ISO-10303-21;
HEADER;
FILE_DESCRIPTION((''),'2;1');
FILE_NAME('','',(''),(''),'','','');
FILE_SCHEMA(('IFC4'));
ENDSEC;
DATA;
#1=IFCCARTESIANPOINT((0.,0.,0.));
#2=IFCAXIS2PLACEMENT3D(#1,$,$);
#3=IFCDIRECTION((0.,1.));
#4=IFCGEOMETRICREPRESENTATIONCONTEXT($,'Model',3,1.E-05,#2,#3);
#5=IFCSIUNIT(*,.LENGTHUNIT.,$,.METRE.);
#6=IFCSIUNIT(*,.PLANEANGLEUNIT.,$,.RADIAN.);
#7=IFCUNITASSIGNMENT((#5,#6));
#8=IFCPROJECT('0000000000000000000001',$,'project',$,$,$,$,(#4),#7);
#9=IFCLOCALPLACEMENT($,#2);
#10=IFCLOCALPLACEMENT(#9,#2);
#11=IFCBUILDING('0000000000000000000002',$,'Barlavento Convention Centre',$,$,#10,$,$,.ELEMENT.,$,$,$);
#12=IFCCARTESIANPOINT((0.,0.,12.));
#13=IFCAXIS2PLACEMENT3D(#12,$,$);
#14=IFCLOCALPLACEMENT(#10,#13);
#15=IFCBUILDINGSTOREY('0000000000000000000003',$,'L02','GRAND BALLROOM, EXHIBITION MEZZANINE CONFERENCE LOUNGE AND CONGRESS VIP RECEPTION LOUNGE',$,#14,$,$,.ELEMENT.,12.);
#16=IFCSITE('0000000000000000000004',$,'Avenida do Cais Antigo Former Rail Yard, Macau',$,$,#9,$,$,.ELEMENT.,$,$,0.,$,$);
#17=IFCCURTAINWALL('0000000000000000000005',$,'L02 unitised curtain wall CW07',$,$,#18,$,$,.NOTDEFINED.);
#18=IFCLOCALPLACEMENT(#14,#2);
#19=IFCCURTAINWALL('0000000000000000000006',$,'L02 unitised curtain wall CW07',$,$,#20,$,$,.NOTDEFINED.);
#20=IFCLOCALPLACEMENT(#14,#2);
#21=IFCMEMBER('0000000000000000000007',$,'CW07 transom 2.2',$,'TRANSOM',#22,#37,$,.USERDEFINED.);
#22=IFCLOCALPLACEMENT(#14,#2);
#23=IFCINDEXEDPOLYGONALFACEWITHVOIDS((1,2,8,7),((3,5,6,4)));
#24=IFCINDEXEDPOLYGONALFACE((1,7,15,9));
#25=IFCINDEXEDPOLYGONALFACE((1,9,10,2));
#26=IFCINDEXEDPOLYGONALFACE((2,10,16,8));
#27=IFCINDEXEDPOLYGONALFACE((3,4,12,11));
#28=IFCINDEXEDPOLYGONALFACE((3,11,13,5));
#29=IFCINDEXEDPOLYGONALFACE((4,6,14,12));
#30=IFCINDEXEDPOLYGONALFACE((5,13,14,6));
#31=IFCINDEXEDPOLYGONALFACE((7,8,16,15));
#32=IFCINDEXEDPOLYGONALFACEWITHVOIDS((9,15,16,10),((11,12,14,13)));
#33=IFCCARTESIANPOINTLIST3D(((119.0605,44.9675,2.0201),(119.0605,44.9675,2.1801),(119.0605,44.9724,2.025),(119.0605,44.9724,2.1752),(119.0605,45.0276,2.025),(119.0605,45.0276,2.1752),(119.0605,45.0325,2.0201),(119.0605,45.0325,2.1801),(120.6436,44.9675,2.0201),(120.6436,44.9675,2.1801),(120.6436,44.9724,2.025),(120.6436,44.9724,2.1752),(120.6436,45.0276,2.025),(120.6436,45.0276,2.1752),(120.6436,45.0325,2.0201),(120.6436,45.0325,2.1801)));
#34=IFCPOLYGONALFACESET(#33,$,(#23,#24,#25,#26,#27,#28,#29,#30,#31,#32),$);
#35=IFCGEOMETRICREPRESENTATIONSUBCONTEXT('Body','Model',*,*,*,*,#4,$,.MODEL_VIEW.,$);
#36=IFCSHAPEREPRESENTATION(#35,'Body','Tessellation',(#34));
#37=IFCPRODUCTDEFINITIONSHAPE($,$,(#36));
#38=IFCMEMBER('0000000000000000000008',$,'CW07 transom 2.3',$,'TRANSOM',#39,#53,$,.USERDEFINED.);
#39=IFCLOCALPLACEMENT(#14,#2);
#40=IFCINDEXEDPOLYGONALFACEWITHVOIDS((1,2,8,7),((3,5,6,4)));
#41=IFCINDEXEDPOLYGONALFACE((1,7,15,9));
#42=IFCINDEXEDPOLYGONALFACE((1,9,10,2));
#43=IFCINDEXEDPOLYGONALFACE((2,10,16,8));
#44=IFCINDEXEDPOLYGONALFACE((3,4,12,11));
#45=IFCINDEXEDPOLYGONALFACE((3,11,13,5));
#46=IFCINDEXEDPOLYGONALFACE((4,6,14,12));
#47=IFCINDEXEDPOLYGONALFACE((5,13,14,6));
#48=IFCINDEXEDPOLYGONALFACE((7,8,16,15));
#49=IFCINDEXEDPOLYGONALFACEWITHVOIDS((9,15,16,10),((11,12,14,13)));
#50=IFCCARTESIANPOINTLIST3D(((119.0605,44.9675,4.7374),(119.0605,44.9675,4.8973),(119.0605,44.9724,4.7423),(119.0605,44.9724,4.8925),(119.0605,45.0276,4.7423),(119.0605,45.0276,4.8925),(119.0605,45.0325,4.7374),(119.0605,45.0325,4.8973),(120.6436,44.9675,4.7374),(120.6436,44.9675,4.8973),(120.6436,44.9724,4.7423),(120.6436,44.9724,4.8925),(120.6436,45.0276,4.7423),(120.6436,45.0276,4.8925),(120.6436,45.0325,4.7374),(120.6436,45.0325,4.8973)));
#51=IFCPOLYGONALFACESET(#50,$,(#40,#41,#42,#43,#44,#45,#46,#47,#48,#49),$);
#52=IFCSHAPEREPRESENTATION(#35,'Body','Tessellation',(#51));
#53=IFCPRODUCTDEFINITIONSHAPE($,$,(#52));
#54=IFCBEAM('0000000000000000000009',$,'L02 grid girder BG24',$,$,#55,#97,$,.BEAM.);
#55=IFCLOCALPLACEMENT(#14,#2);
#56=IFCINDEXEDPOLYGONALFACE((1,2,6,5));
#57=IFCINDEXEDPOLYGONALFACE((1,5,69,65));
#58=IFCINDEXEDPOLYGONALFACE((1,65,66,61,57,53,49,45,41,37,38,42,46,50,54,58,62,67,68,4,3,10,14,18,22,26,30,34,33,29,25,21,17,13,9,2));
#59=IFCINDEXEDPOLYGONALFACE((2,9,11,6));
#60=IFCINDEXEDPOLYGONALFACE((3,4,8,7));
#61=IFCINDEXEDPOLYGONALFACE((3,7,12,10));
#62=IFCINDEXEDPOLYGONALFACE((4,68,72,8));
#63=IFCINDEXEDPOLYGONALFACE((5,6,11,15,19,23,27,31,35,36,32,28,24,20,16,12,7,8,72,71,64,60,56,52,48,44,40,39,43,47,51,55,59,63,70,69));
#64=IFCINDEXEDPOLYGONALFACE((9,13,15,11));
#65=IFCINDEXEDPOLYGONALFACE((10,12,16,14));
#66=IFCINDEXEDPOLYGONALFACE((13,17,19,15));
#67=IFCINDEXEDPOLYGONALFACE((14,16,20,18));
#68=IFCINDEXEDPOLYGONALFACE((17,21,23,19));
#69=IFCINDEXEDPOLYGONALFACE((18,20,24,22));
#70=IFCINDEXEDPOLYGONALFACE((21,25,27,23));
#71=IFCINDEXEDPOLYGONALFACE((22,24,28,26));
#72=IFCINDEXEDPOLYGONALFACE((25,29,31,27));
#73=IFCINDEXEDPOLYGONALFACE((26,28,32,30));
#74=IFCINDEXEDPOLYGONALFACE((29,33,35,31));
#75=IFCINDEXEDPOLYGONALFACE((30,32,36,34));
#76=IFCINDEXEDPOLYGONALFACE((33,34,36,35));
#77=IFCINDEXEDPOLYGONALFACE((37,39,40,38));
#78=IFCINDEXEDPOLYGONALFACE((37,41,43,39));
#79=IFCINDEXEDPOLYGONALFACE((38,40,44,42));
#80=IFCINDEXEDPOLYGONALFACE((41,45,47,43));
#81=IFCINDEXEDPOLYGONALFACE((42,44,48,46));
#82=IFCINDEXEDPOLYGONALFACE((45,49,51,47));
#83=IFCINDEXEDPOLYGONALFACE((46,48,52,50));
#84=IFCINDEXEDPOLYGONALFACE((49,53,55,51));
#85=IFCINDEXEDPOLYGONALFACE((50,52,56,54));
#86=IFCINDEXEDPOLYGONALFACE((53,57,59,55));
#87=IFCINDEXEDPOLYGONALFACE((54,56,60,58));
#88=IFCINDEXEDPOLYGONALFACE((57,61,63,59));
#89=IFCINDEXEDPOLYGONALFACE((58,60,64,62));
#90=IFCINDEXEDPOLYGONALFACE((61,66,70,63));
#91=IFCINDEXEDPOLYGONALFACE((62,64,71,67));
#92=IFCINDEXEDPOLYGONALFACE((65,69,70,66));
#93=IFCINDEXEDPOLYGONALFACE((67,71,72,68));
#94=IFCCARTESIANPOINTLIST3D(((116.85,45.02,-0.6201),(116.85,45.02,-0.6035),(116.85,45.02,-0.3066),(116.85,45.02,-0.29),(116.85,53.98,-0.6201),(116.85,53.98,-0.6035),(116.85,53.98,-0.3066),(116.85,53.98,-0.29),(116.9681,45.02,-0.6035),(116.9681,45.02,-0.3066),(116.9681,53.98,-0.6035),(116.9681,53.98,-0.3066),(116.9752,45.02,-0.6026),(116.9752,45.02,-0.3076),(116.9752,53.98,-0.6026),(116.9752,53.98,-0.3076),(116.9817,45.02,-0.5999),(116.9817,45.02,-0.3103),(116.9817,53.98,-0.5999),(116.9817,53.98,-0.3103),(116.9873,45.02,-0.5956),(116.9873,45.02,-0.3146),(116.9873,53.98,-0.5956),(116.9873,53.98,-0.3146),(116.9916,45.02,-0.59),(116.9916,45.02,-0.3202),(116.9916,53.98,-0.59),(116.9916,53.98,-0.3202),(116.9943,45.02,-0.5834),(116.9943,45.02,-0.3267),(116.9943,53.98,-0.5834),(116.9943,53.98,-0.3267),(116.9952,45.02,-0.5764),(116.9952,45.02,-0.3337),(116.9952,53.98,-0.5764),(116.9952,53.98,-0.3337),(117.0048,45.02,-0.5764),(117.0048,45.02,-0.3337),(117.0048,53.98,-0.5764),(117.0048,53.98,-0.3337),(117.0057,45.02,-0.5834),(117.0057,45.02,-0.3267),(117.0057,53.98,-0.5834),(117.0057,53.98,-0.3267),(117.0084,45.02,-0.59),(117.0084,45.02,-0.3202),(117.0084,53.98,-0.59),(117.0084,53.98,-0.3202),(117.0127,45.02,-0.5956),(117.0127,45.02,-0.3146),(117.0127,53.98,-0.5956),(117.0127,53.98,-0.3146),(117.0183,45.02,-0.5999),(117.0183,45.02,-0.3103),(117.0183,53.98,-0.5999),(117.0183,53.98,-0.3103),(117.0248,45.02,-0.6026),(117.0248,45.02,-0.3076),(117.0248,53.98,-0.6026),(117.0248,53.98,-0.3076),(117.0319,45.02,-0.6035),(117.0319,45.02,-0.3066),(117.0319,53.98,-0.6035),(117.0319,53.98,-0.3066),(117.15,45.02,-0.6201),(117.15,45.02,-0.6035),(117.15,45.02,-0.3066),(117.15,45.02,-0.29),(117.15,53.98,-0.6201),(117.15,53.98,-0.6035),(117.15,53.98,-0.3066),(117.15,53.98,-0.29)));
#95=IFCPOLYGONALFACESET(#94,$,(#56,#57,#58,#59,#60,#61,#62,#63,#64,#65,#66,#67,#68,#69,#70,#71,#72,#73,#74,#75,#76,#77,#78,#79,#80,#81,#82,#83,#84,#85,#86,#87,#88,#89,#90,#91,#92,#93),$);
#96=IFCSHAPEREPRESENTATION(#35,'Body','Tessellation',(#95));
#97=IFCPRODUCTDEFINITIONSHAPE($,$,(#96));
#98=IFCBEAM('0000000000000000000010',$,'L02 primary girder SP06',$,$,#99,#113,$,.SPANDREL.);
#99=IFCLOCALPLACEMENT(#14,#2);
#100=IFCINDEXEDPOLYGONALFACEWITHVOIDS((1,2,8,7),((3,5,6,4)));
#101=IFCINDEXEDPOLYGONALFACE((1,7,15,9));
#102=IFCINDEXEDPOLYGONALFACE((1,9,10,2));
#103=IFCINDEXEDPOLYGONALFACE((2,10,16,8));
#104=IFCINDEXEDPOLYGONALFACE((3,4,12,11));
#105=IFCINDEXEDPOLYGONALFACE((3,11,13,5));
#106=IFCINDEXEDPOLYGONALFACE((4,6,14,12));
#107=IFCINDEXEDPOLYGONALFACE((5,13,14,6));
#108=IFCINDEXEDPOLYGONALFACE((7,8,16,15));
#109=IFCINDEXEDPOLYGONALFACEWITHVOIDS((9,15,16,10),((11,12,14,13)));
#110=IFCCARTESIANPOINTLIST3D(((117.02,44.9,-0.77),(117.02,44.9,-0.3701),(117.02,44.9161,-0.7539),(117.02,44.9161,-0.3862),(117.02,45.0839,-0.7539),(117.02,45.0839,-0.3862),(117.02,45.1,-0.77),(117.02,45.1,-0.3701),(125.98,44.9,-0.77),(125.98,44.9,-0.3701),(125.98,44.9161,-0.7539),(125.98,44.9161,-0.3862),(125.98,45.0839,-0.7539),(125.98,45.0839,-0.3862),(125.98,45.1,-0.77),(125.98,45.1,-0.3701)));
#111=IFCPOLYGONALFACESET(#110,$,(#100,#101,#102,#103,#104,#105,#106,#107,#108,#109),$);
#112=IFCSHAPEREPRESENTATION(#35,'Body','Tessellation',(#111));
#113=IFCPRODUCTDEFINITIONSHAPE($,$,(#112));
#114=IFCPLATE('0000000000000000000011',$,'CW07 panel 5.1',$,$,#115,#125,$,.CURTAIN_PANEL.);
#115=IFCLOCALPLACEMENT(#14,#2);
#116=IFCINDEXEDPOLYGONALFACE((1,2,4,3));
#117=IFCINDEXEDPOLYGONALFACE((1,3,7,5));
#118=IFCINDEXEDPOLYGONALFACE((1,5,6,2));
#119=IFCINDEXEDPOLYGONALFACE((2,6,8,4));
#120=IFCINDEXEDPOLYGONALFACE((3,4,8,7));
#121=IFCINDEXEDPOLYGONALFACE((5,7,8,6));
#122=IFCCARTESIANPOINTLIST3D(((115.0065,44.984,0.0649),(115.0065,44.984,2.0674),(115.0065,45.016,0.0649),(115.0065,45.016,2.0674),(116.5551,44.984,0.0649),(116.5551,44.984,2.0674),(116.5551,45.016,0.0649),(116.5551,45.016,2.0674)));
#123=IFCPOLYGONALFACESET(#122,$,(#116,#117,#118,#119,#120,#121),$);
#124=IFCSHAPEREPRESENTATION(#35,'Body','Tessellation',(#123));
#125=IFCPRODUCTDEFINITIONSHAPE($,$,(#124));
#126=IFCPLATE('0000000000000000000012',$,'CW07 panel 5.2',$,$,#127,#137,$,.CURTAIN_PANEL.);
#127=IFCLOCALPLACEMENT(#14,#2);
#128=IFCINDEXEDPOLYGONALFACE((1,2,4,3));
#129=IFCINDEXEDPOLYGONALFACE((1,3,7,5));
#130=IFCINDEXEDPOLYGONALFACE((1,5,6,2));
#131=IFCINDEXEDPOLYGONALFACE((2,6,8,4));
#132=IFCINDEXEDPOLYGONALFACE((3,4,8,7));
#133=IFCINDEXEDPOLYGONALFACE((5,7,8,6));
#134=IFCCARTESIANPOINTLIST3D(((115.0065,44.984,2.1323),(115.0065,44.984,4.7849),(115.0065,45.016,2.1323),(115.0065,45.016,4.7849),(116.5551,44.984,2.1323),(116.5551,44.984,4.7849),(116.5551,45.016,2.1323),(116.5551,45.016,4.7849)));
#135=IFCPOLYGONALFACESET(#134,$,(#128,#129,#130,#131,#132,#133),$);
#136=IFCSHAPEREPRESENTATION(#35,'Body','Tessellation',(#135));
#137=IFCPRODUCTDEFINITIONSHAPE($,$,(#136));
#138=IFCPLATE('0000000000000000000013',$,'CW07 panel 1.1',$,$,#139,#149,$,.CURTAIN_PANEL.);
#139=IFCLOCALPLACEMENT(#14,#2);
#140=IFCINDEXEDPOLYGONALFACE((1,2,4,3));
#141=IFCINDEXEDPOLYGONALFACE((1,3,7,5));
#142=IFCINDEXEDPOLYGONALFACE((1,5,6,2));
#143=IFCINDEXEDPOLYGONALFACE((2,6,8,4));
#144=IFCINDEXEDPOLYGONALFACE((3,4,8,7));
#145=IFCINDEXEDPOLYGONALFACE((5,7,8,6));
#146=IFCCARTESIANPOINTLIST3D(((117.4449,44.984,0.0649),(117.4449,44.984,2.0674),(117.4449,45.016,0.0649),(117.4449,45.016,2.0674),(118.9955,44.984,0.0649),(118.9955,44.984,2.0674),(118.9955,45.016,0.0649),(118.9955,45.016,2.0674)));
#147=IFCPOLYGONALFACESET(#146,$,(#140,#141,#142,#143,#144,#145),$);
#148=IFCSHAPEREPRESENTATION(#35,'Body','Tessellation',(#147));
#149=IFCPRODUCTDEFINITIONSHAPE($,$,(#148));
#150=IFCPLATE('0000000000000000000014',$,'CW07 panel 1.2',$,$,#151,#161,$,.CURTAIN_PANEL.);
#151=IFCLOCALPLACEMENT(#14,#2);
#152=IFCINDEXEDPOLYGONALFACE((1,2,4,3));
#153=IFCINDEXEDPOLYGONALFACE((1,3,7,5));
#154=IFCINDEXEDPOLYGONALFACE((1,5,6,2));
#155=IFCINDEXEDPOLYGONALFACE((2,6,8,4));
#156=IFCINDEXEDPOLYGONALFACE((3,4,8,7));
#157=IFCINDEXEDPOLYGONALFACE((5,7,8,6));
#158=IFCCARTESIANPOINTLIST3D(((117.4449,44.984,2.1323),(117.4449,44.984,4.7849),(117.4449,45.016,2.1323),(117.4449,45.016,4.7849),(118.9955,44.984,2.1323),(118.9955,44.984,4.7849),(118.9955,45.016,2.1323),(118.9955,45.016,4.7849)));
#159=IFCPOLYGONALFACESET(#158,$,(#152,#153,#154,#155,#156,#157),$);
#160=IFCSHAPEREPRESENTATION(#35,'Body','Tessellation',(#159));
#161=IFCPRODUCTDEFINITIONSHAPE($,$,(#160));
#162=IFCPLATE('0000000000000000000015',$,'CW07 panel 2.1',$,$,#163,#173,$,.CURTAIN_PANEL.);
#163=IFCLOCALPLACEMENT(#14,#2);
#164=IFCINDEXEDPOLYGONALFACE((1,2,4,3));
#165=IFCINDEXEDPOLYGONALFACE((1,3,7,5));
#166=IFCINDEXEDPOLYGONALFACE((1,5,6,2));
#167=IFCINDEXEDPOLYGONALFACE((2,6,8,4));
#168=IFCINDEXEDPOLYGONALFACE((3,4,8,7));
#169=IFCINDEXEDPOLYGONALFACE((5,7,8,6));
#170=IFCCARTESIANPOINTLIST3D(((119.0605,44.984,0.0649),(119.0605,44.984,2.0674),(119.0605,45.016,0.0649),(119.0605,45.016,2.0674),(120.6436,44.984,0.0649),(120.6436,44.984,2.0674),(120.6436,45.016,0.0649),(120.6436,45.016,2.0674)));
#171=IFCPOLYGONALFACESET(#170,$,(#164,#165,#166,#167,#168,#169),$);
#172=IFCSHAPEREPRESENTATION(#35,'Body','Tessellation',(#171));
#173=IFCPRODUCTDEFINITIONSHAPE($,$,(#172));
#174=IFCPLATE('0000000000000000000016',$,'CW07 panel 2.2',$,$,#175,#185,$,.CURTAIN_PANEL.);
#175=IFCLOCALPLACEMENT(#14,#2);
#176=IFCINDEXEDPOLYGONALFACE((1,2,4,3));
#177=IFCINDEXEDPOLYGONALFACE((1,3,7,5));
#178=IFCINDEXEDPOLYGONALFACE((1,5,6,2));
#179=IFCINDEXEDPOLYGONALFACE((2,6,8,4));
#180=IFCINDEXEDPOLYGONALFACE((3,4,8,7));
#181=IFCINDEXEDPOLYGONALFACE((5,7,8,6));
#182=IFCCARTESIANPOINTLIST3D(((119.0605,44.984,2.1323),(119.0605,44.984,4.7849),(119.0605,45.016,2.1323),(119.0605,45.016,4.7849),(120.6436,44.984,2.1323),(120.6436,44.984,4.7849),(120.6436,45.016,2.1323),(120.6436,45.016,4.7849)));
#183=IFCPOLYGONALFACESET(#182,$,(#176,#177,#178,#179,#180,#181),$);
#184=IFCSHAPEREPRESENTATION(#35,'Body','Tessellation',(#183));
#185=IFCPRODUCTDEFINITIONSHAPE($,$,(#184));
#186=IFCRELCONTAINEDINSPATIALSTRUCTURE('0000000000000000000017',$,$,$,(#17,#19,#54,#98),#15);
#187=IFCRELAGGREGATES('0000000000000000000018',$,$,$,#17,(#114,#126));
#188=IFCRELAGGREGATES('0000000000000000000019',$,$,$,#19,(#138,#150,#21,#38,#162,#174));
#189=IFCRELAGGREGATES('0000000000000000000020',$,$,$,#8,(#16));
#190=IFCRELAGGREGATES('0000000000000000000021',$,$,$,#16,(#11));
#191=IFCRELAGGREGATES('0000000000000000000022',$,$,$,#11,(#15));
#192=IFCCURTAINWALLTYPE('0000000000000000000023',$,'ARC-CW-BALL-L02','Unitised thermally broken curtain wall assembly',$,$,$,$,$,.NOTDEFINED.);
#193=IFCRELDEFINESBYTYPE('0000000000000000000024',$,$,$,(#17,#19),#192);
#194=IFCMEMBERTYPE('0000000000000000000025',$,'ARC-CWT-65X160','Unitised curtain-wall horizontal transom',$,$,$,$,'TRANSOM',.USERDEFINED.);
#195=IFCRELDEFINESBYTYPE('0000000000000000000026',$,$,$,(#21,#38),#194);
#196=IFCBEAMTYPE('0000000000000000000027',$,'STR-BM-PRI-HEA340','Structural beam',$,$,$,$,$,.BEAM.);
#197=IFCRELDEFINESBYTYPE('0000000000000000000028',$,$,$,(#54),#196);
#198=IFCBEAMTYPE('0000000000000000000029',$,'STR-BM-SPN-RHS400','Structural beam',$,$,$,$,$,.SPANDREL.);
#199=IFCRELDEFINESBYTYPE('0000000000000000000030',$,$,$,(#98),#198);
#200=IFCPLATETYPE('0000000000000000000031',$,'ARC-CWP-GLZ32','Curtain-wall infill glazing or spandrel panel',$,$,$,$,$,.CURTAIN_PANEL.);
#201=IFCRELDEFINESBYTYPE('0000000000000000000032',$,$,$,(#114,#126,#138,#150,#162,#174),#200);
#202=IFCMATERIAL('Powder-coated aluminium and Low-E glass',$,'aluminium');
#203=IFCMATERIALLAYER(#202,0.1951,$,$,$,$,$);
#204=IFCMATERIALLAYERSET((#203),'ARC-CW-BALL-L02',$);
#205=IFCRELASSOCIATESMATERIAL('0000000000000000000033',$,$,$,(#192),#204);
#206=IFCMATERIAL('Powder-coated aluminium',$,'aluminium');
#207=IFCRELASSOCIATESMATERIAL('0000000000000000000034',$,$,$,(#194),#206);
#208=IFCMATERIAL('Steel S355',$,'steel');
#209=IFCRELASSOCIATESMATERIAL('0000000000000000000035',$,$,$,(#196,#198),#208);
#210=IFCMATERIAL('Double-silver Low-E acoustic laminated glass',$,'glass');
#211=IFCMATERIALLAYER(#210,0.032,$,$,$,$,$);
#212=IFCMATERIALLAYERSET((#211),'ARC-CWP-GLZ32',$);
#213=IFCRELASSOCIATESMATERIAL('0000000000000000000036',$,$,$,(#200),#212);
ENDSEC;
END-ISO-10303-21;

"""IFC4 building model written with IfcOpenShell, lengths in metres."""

from ifc_helpers import new_model, si_unit, direction, frame, origin, origin_2d, place, context, subcontext, project, spatial, rectangle, hollow_rectangle, i_section, extrude, material, layer, layer_set, material_profile, profile_set, type_object, element, aggregate, save


model = new_model("IFC4")

# Units and contexts
model_context = context("Model", 3, precision=1e-05, world=origin(), true_north=direction((0.0, 1.0)))
body_context = subcontext(model_context, "Body", "Model", "MODEL_VIEW")
ifc_project = project(units=[si_unit("LENGTHUNIT", "METRE"), si_unit("PLANEANGLEUNIT", "RADIAN")], contexts=[model_context])

# Site, building, storey
site_placement = place(None, origin())
site = spatial("IfcSite", under=ifc_project, at=site_placement, Name="Avenida do Cais Antigo Former Rail Yard, Macau", CompositionType="ELEMENT", RefElevation=0.0)
building_placement = place(site_placement, origin())
building = spatial("IfcBuilding", under=site, at=building_placement, Name="Barlavento Convention Centre", CompositionType="ELEMENT")
storey_placement = place(building_placement, frame((0.0, 0.0, 12.0)))
storey = spatial("IfcBuildingStorey", under=building, at=storey_placement, Name="L02", Description="GRAND BALLROOM, EXHIBITION MEZZANINE CONFERENCE LOUNGE AND CONGRESS VIP RECEPTION LOUNGE", CompositionType="ELEMENT", Elevation=12.0)

# Shared definitions
ifc_material_1 = material(Name="Steel S355", Category="steel")

# Curtain wall
ifc_material_2 = material(Name="Powder-coated aluminium and Low-E glass", Category="aluminium")
ifc_layer_1 = layer(ifc_material_2, 0.1951)
ifc_layer_set_1 = layer_set([ifc_layer_1], Name="ARC-CW-BALL-L02")
curtain_wall_type = type_object("IfcCurtainWallType", Name="ARC-CW-BALL-L02", Description="Unitised thermally broken curtain wall assembly", PredefinedType="NOTDEFINED", material=ifc_layer_set_1)
curtain_wall_1_placement = place(storey_placement, origin())
curtain_wall_1 = element("IfcCurtainWall", 1, at=curtain_wall_1_placement, inside=storey, type_object=curtain_wall_type, Name="L02 unitised curtain wall CW07", PredefinedType="NOTDEFINED")
ifc_material_3 = material(Name="Powder-coated aluminium", Category="aluminium")

# Curtain wall
curtain_wall_2_placement = place(storey_placement, origin())
curtain_wall_2 = element("IfcCurtainWall", 2, at=curtain_wall_2_placement, inside=storey, type_object=curtain_wall_type, Name="L02 unitised curtain wall CW07", PredefinedType="NOTDEFINED")

# Members
ifc_material_profile_1 = material_profile(ifc_material_3, hollow_rectangle(XDim=0.0649, YDim=0.1599, WallThickness=0.0049, at=origin_2d()), Name="AL-TRAN 65x160x5")
ifc_profile_set_1 = profile_set([ifc_material_profile_1], Name="Powder-coated aluminium")
member_type_1 = type_object("IfcMemberType", Name="ARC-CWT-65X160", Description="Unitised curtain-wall horizontal transom", ElementType="TRANSOM", PredefinedType="USERDEFINED", material=ifc_profile_set_1)
member_1_placement = place(storey_placement, frame((119.0605, 45.0, 2.1001), z_axis=(1.0, 0.0, 0.0), x_axis=(0.0, 1.0, 0.0)))
member_1 = element("IfcMember", 3, at=member_1_placement, type_object=member_type_1, Name="CW07 transom 2.2", ObjectType="TRANSOM", PredefinedType="USERDEFINED", context=body_context, shape_type="SweptSolid", body=[
    extrude(hollow_rectangle(XDim=0.0649, YDim=0.1599, WallThickness=0.0049, at=origin_2d()), origin(), (0.0, 0.0, 1.0), 1.583),
])
member_2_placement = place(storey_placement, frame((119.0605, 45.0, 4.8174), z_axis=(1.0, 0.0, 0.0), x_axis=(0.0, 1.0, 0.0)))
member_2 = element("IfcMember", 4, at=member_2_placement, type_object=member_type_1, Name="CW07 transom 2.3", ObjectType="TRANSOM", PredefinedType="USERDEFINED", context=body_context, shape_type="SweptSolid", body=[
    extrude(hollow_rectangle(XDim=0.0649, YDim=0.1599, WallThickness=0.0049, at=origin_2d()), origin(), (0.0, 0.0, 1.0), 1.583),
])

# Beams
ifc_material_profile_2 = material_profile(ifc_material_1, i_section(OverallWidth=0.3, OverallDepth=0.3301, WebThickness=0.0095, FlangeThickness=0.0166, FilletRadius=0.0271, at=origin_2d()), Name="HEA 340")
ifc_profile_set_2 = profile_set([ifc_material_profile_2], Name="Steel S355")
beam_type_1 = type_object("IfcBeamType", Name="STR-BM-PRI-HEA340", Description="Structural beam", PredefinedType="BEAM", material=ifc_profile_set_2)
beam_1_placement = place(storey_placement, frame((117.0, 45.02, -0.4551), z_axis=(0.0, 1.0, 0.0), x_axis=(-1.0, 0.0, 0.0)))
element("IfcBeam", 5, at=beam_1_placement, inside=storey, type_object=beam_type_1, Name="L02 grid girder BG24", PredefinedType="BEAM", context=body_context, shape_type="SweptSolid", body=[
    extrude(i_section(OverallWidth=0.3, OverallDepth=0.3301, WebThickness=0.0095, FlangeThickness=0.0166, FilletRadius=0.0271, at=origin_2d()), origin(), (0.0, 0.0, 1.0), 8.96),
])
ifc_material_profile_3 = material_profile(ifc_material_1, hollow_rectangle(XDim=0.2, YDim=0.3999, WallThickness=0.0161, at=origin_2d()), Name="RHS 400x200x16.0")
ifc_profile_set_3 = profile_set([ifc_material_profile_3], Name="Steel S355")
beam_type_2 = type_object("IfcBeamType", Name="STR-BM-SPN-RHS400", Description="Structural beam", PredefinedType="SPANDREL", material=ifc_profile_set_3)
beam_2_placement = place(storey_placement, frame((117.02, 45.0, -0.5701), z_axis=(1.0, 0.0, 0.0), x_axis=(0.0, 1.0, 0.0)))
element("IfcBeam", 6, at=beam_2_placement, inside=storey, type_object=beam_type_2, Name="L02 primary girder SP06", PredefinedType="SPANDREL", context=body_context, shape_type="SweptSolid", body=[
    extrude(hollow_rectangle(XDim=0.2, YDim=0.3999, WallThickness=0.0161, at=origin_2d()), origin(), (0.0, 0.0, 1.0), 8.96),
])

# Plates
ifc_material_4 = material(Name="Double-silver Low-E acoustic laminated glass", Category="glass")
ifc_layer_2 = layer(ifc_material_4, 0.032)
ifc_layer_set_2 = layer_set([ifc_layer_2], Name="ARC-CWP-GLZ32")
plate_type = type_object("IfcPlateType", Name="ARC-CWP-GLZ32", Description="Curtain-wall infill glazing or spandrel panel", PredefinedType="CURTAIN_PANEL", material=ifc_layer_set_2)
plate_1_placement = place(storey_placement, frame((115.7808, 45.0, 0.0649), z_axis=(0.0, 0.0, 1.0), x_axis=(1.0, 0.0, 0.0)))
plate_1 = element("IfcPlate", 7, at=plate_1_placement, type_object=plate_type, Name="CW07 panel 5.1", PredefinedType="CURTAIN_PANEL", context=body_context, shape_type="SweptSolid", body=[
    extrude(rectangle(XDim=1.5486, YDim=0.032, at=origin_2d()), origin(), (0.0, 0.0, 1.0), 2.0024),
])
plate_2_placement = place(storey_placement, frame((115.7808, 45.0, 2.1323), z_axis=(0.0, 0.0, 1.0), x_axis=(1.0, 0.0, 0.0)))
plate_2 = element("IfcPlate", 8, at=plate_2_placement, type_object=plate_type, Name="CW07 panel 5.2", PredefinedType="CURTAIN_PANEL", context=body_context, shape_type="SweptSolid", body=[
    extrude(rectangle(XDim=1.5486, YDim=0.032, at=origin_2d()), origin(), (0.0, 0.0, 1.0), 2.6526),
])
aggregate(curtain_wall_1, [plate_1, plate_2])
plate_3_placement = place(storey_placement, frame((118.2202, 45.0, 0.0649), z_axis=(0.0, 0.0, 1.0), x_axis=(1.0, 0.0, 0.0)))
plate_3 = element("IfcPlate", 9, at=plate_3_placement, type_object=plate_type, Name="CW07 panel 1.1", PredefinedType="CURTAIN_PANEL", context=body_context, shape_type="SweptSolid", body=[
    extrude(rectangle(XDim=1.5505, YDim=0.032, at=origin_2d()), origin(), (0.0, 0.0, 1.0), 2.0024),
])
plate_4_placement = place(storey_placement, frame((118.2202, 45.0, 2.1323), z_axis=(0.0, 0.0, 1.0), x_axis=(1.0, 0.0, 0.0)))
plate_4 = element("IfcPlate", 10, at=plate_4_placement, type_object=plate_type, Name="CW07 panel 1.2", PredefinedType="CURTAIN_PANEL", context=body_context, shape_type="SweptSolid", body=[
    extrude(rectangle(XDim=1.5505, YDim=0.032, at=origin_2d()), origin(), (0.0, 0.0, 1.0), 2.6526),
])
plate_5_placement = place(storey_placement, frame((119.8521, 45.0, 0.0649), z_axis=(0.0, 0.0, 1.0), x_axis=(1.0, 0.0, 0.0)))
plate_5 = element("IfcPlate", 11, at=plate_5_placement, type_object=plate_type, Name="CW07 panel 2.1", PredefinedType="CURTAIN_PANEL", context=body_context, shape_type="SweptSolid", body=[
    extrude(rectangle(XDim=1.583, YDim=0.032, at=origin_2d()), origin(), (0.0, 0.0, 1.0), 2.0024),
])
plate_6_placement = place(storey_placement, frame((119.8521, 45.0, 2.1323), z_axis=(0.0, 0.0, 1.0), x_axis=(1.0, 0.0, 0.0)))
plate_6 = element("IfcPlate", 12, at=plate_6_placement, type_object=plate_type, Name="CW07 panel 2.2", PredefinedType="CURTAIN_PANEL", context=body_context, shape_type="SweptSolid", body=[
    extrude(rectangle(XDim=1.583, YDim=0.032, at=origin_2d()), origin(), (0.0, 0.0, 1.0), 2.6526),
])
aggregate(curtain_wall_2, [plate_3, plate_4, member_1, member_2, plate_5, plate_6])

save(model, "model.ifc")
